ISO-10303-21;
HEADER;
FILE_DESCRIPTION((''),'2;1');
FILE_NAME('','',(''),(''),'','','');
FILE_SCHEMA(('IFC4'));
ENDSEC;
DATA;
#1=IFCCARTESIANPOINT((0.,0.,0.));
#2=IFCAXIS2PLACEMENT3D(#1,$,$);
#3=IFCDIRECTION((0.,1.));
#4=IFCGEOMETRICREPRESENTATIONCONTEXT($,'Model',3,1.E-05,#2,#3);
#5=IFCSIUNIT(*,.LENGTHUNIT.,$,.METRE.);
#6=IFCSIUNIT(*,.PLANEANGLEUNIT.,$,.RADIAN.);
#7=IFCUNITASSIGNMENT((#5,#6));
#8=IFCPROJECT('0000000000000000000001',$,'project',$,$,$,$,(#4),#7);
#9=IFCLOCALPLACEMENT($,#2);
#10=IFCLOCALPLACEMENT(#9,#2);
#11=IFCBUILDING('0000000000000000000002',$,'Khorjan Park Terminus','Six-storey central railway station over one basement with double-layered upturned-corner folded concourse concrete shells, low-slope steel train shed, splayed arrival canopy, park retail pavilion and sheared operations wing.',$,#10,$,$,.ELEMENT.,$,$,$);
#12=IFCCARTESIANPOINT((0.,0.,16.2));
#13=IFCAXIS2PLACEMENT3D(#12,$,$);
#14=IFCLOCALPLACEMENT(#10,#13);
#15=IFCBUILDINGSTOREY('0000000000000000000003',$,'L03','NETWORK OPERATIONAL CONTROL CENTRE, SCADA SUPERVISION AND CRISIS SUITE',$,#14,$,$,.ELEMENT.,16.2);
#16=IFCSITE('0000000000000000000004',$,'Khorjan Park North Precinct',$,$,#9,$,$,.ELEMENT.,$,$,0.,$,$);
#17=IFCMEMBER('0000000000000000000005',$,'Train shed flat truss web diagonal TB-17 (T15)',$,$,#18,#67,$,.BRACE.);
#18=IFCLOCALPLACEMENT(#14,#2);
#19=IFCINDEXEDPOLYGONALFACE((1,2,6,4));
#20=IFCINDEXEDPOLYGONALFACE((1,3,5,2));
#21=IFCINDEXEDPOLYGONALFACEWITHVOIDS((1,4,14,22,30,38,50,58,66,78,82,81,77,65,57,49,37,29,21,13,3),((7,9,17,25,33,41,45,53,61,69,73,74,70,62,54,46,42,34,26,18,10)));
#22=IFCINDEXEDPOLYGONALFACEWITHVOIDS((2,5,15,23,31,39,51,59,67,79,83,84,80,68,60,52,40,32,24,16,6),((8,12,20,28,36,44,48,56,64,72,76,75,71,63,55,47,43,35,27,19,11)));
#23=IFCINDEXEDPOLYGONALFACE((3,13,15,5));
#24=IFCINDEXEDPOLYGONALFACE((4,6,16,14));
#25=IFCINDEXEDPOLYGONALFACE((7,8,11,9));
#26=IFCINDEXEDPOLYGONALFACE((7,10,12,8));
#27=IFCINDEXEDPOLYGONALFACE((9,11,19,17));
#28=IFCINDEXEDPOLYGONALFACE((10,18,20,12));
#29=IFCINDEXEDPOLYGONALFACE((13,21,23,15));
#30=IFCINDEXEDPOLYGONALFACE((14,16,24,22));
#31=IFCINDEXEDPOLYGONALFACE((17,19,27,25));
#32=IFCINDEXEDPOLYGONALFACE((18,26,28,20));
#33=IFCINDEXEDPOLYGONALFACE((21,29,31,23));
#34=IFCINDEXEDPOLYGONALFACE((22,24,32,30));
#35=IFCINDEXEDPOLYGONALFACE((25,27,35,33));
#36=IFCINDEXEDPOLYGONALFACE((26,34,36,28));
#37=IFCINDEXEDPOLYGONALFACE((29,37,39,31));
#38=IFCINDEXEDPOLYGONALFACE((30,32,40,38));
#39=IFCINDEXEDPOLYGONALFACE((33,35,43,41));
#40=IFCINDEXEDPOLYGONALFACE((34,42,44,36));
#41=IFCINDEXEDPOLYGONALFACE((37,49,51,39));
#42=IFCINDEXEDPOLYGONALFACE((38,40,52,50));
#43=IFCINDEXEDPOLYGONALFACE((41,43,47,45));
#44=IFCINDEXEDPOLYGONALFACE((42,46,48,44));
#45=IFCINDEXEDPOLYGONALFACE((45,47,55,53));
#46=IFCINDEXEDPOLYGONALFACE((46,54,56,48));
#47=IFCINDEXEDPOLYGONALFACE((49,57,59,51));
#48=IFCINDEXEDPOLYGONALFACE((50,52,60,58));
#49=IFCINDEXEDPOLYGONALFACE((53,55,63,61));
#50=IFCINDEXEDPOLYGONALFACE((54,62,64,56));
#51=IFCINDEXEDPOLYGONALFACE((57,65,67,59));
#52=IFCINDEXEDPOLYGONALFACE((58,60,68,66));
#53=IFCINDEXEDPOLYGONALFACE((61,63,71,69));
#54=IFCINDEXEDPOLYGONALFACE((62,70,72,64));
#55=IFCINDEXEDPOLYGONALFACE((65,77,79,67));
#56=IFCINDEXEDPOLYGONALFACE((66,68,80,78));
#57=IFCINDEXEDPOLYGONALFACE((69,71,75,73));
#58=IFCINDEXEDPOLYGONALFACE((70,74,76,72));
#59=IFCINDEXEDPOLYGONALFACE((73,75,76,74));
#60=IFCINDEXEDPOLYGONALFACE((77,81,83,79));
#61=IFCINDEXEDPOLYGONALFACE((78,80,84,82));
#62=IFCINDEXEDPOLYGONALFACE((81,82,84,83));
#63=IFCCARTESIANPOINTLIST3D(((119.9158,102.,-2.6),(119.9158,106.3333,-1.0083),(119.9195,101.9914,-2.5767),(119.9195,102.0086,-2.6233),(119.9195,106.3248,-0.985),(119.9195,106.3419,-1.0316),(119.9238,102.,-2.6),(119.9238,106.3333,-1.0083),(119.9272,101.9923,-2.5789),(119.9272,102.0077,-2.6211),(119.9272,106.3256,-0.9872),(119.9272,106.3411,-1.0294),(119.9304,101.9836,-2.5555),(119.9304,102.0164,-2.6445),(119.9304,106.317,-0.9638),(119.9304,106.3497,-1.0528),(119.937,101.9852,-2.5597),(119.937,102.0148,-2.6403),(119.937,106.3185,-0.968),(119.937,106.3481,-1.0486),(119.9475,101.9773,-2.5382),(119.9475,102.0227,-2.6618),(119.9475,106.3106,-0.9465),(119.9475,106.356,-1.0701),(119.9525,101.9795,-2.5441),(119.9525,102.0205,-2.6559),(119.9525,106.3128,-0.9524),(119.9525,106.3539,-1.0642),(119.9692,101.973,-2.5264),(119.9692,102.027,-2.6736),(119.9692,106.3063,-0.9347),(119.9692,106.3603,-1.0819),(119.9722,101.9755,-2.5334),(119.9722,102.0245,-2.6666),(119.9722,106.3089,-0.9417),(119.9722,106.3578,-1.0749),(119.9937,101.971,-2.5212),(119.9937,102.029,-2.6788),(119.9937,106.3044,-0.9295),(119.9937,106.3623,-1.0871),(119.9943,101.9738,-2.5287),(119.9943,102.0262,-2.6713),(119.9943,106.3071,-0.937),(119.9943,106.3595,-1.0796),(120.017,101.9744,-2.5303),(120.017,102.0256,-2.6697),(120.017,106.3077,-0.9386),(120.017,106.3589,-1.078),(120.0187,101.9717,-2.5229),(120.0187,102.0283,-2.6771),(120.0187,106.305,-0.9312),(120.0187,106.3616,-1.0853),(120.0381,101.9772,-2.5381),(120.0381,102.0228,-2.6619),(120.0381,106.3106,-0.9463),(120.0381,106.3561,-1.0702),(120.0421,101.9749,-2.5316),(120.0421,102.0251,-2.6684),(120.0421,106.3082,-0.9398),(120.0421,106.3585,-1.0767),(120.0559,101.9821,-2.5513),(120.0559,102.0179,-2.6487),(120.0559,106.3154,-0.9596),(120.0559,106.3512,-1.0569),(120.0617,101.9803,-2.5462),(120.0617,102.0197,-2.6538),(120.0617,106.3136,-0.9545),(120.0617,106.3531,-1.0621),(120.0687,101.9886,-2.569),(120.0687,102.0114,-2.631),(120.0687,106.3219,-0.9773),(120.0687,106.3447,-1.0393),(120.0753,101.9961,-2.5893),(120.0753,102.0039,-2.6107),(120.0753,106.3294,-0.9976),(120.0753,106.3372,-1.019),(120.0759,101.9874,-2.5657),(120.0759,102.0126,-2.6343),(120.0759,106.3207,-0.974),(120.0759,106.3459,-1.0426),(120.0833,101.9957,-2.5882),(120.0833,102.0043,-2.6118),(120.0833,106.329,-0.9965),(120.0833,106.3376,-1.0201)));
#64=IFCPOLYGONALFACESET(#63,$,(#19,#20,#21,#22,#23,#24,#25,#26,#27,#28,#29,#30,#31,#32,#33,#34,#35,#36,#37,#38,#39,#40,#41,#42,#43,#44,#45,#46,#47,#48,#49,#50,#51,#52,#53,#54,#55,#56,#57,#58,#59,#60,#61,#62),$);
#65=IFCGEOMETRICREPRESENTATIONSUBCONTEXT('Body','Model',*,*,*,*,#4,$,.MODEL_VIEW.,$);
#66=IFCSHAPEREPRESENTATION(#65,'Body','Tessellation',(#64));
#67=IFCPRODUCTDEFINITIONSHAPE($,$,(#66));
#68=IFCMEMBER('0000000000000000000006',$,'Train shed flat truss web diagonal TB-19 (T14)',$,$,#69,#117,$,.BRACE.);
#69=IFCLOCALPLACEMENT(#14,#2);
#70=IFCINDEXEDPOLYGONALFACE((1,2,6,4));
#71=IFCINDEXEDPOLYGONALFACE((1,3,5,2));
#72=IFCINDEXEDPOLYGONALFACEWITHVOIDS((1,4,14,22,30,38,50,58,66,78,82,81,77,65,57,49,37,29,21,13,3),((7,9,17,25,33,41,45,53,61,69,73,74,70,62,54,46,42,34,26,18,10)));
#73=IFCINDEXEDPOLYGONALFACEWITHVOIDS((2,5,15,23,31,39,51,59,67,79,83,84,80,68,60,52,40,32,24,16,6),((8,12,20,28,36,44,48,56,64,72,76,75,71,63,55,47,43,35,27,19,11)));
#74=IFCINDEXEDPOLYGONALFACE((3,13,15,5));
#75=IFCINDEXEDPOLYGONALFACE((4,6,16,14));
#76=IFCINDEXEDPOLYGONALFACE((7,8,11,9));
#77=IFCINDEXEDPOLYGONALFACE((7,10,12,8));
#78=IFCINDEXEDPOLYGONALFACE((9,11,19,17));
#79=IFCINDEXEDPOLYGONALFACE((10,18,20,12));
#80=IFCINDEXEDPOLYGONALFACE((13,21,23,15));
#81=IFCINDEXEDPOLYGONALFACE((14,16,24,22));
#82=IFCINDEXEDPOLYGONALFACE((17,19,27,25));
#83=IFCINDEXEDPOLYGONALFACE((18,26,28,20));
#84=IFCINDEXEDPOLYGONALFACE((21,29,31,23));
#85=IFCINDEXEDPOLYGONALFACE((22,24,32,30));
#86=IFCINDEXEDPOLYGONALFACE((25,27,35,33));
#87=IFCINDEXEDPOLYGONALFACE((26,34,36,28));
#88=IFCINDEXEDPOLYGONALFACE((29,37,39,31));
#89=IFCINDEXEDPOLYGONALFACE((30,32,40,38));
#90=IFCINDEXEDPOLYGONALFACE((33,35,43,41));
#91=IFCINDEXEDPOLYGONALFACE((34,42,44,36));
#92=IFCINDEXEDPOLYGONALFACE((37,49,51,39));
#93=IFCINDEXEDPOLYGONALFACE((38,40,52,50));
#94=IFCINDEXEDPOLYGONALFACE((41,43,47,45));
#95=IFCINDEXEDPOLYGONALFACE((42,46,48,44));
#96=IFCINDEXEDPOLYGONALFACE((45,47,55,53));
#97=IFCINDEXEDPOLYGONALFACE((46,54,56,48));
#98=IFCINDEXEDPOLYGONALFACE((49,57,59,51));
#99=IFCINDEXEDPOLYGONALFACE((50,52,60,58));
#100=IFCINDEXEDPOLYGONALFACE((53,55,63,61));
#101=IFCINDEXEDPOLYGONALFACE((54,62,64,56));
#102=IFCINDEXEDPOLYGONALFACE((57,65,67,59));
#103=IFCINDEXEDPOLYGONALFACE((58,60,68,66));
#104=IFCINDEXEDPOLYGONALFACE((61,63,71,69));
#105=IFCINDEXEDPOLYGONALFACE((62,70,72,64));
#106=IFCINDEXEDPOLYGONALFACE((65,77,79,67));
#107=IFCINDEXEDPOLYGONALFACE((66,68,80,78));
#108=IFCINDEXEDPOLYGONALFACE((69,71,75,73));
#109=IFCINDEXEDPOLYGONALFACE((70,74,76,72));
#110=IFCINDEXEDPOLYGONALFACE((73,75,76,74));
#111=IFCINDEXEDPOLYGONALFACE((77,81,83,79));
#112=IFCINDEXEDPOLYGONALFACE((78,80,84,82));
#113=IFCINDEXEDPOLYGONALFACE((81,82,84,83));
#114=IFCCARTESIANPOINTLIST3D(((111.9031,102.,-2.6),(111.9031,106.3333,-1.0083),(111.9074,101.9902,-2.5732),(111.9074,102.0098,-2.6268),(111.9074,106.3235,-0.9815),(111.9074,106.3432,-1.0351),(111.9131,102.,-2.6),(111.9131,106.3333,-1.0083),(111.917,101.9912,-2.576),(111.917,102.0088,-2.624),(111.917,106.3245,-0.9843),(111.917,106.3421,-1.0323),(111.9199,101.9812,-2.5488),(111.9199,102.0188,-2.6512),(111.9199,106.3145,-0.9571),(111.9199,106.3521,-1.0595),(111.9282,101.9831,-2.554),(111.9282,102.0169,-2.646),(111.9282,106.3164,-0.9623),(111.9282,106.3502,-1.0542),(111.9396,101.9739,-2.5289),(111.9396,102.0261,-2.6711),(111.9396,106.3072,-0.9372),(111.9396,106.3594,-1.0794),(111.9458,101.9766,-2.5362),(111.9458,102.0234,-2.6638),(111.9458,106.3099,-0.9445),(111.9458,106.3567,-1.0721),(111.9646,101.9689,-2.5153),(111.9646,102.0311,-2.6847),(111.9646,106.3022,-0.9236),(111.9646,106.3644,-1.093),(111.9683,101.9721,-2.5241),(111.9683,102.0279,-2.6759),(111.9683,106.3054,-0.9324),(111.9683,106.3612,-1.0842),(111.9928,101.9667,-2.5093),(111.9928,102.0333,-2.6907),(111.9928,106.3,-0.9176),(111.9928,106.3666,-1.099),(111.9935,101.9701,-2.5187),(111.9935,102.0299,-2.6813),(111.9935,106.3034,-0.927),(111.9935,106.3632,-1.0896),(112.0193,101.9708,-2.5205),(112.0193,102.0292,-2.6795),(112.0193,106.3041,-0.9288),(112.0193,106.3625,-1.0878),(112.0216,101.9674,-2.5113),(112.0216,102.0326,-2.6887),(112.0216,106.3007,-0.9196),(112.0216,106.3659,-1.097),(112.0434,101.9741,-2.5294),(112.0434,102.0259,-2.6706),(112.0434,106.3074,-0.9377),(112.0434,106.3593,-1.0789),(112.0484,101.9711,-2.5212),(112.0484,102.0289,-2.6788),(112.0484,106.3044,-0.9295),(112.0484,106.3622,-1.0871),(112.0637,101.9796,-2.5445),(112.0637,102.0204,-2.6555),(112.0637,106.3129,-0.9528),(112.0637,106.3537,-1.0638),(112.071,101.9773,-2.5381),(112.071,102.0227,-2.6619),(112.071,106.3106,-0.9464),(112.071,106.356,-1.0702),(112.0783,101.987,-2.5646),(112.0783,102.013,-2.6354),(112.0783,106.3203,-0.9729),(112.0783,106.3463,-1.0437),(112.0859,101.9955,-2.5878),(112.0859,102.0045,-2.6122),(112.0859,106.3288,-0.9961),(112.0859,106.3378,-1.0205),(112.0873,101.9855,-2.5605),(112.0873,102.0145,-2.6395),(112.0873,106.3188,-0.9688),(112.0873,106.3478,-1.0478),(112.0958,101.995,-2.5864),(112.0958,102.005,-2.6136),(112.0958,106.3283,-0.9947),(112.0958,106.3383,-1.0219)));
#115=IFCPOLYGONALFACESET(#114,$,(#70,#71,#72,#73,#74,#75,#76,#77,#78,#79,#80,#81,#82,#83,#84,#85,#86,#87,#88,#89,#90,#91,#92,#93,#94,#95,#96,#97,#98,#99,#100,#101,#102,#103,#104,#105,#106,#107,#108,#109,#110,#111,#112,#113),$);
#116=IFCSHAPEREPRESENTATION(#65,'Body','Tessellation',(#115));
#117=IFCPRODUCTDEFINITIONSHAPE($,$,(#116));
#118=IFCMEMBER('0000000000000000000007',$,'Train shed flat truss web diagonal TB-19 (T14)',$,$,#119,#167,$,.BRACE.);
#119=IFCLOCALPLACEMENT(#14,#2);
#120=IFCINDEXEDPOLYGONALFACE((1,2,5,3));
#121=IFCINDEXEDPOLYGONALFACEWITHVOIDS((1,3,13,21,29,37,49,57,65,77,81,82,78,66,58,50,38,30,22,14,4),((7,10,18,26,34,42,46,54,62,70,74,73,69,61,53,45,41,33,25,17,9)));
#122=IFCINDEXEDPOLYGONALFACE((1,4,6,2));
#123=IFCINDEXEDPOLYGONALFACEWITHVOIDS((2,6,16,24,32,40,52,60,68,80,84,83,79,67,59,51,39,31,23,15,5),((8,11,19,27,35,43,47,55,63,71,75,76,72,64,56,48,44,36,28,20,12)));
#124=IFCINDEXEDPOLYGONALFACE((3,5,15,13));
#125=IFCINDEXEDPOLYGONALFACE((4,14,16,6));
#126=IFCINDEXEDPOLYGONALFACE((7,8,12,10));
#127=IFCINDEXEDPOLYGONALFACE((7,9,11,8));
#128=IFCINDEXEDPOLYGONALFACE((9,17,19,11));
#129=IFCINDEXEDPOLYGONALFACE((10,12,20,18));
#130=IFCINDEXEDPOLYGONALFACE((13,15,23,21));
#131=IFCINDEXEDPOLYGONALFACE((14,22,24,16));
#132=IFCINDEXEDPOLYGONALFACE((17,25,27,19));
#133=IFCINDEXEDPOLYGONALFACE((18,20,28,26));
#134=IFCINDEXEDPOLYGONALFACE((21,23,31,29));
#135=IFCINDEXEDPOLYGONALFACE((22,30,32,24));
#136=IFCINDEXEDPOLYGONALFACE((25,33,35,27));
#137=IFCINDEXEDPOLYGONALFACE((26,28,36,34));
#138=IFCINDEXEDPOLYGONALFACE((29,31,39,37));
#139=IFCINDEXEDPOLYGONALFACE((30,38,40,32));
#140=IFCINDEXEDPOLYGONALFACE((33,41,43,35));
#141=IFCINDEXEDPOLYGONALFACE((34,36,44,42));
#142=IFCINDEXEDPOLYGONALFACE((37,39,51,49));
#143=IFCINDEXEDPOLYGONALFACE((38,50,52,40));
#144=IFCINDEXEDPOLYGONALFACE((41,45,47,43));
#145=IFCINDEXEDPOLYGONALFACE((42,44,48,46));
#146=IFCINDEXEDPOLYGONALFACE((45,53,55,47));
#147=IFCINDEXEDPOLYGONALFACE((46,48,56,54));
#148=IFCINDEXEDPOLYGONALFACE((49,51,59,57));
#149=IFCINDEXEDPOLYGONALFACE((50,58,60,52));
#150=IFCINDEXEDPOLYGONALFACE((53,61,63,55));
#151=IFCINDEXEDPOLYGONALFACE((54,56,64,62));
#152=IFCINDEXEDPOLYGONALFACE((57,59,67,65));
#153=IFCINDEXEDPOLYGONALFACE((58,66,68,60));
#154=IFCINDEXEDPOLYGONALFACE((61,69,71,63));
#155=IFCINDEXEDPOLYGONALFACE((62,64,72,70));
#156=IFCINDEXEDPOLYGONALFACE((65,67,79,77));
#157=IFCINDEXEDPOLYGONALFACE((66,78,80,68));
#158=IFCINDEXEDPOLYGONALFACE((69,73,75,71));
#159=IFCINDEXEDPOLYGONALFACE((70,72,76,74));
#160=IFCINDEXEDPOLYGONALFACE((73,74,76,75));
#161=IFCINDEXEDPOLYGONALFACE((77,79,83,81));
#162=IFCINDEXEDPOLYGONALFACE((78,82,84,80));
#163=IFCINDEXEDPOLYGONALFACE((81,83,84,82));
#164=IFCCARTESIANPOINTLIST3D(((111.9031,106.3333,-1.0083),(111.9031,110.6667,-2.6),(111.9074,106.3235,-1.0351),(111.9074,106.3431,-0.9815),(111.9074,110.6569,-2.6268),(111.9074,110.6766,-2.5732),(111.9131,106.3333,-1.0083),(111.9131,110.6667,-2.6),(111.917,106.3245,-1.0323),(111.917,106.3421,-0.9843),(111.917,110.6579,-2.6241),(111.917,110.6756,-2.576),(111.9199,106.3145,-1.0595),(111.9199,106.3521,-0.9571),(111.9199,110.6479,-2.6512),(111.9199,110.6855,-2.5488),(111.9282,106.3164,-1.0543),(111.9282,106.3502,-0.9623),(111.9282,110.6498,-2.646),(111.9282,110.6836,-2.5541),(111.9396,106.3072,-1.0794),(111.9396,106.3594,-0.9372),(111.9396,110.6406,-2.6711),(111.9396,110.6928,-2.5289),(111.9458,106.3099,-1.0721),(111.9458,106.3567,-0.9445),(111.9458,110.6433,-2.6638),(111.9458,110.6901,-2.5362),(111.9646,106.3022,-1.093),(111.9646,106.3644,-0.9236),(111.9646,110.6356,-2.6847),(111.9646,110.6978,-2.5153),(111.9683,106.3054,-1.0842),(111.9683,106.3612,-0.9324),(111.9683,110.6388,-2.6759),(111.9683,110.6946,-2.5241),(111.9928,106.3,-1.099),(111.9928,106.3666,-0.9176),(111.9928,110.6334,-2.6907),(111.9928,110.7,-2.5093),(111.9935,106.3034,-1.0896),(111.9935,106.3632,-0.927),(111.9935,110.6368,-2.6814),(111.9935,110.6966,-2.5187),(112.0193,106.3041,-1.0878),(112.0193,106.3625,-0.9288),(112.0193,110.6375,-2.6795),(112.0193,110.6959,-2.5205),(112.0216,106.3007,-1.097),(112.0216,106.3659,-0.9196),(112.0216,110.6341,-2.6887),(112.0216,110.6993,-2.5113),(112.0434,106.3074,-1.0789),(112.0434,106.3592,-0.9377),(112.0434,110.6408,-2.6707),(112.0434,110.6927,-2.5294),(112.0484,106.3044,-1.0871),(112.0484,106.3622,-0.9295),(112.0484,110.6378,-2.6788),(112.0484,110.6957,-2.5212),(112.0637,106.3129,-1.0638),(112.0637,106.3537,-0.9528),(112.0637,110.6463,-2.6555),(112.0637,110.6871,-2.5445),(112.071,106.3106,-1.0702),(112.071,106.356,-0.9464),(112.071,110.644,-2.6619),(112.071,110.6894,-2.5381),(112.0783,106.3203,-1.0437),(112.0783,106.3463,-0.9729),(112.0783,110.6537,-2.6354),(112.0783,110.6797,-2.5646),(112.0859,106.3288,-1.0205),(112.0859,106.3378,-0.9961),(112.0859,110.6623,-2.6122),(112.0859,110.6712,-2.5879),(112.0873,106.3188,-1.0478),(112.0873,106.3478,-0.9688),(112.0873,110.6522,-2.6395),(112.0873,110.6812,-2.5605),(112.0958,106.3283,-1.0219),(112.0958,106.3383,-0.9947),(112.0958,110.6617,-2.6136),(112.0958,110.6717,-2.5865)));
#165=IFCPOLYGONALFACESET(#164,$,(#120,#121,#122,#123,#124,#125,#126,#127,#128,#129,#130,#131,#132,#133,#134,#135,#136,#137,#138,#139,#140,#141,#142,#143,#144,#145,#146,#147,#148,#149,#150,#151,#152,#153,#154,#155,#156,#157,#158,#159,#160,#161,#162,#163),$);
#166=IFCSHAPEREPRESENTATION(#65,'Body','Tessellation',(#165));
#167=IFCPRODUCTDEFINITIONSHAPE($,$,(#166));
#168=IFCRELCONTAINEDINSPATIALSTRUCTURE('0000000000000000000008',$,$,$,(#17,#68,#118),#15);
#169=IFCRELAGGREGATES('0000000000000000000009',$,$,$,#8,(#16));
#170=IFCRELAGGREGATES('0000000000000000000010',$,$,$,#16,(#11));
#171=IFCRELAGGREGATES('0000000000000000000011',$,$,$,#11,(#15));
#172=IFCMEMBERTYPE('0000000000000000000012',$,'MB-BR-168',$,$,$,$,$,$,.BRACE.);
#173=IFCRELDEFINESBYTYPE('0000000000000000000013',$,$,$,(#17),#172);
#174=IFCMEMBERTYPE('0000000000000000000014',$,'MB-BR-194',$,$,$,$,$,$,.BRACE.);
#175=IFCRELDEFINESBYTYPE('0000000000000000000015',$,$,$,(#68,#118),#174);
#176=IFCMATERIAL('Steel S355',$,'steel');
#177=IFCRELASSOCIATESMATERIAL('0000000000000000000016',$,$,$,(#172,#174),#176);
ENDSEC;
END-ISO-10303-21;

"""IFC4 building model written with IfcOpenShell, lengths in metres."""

from ifc_helpers import new_model, si_unit, direction, frame, origin, origin_2d, place, context, subcontext, project, spatial, hollow_circle, extrude, material, material_profile, profile_set, type_object, element, save


model = new_model("IFC4")

# Units and contexts
model_context = context("Model", 3, precision=1e-05, world=origin(), true_north=direction((0.0, 1.0)))
body_context = subcontext(model_context, "Body", "Model", "MODEL_VIEW")
ifc_project = project(units=[si_unit("LENGTHUNIT", "METRE"), si_unit("PLANEANGLEUNIT", "RADIAN")], contexts=[model_context])

# Site, building, storey
site_placement = place(None, origin())
site = spatial("IfcSite", under=ifc_project, at=site_placement, Name="Khorjan Park North Precinct", CompositionType="ELEMENT", RefElevation=0.0)
building_placement = place(site_placement, origin())
building = spatial("IfcBuilding", under=site, at=building_placement, Name="Khorjan Park Terminus", Description="Six-storey central railway station over one basement with double-layered upturned-corner folded concourse concrete shells, low-slope steel train shed, splayed arrival canopy, park retail pavilion and sheared operations wing.", CompositionType="ELEMENT")
storey_placement = place(building_placement, frame((0.0, 0.0, 16.2)))
storey = spatial("IfcBuildingStorey", under=building, at=storey_placement, Name="L03", Description="NETWORK OPERATIONAL CONTROL CENTRE, SCADA SUPERVISION AND CRISIS SUITE", CompositionType="ELEMENT", Elevation=16.2)

# Members
ifc_material_1 = material(Name="Steel S355", Category="steel")
ifc_material_profile_1 = material_profile(ifc_material_1, hollow_circle(Radius=0.0842, WallThickness=0.008, at=origin_2d()), Name="CHS 168.3x8")
ifc_profile_set_1 = profile_set([ifc_material_profile_1], Name="Steel S355")
member_type_1 = type_object("IfcMemberType", Name="MB-BR-168", PredefinedType="BRACE", material=ifc_profile_set_1)
member_1_placement = place(storey_placement, frame((120.0, 102.0, -2.6), z_axis=(0.0, 0.938678, 0.344794), x_axis=(-1.0, 0.0, 0.0)))
element("IfcMember", 1, at=member_1_placement, inside=storey, type_object=member_type_1, Name="Train shed flat truss web diagonal TB-17 (T15)", PredefinedType="BRACE", context=body_context, shape_type="SweptSolid", body=[
    extrude(hollow_circle(Radius=0.0842, WallThickness=0.008, at=origin_2d()), origin(), (0.0, 0.0, 1.0), 4.6164),
])
ifc_material_profile_2 = material_profile(ifc_material_1, hollow_circle(Radius=0.0969, WallThickness=0.01, at=origin_2d()), Name="CHS 193.7x10")
ifc_profile_set_2 = profile_set([ifc_material_profile_2], Name="Steel S355")
member_type_2 = type_object("IfcMemberType", Name="MB-BR-194", PredefinedType="BRACE", material=ifc_profile_set_2)
member_2_placement = place(storey_placement, frame((112.0, 102.0, -2.6), z_axis=(0.0, 0.938678, 0.344794), x_axis=(-1.0, 0.0, 0.0)))
element("IfcMember", 2, at=member_2_placement, inside=storey, type_object=member_type_2, Name="Train shed flat truss web diagonal TB-19 (T14)", PredefinedType="BRACE", context=body_context, shape_type="SweptSolid", body=[
    extrude(hollow_circle(Radius=0.0969, WallThickness=0.01, at=origin_2d()), origin(), (0.0, 0.0, 1.0), 4.6164),
])
member_3_placement = place(storey_placement, frame((112.0, 106.3333, -1.0083), z_axis=(0.0, 0.938681, -0.344787), x_axis=(-1.0, 0.0, 0.0)))
element("IfcMember", 3, at=member_3_placement, inside=storey, type_object=member_type_2, Name="Train shed flat truss web diagonal TB-19 (T14)", PredefinedType="BRACE", context=body_context, shape_type="SweptSolid", body=[
    extrude(hollow_circle(Radius=0.0969, WallThickness=0.01, at=origin_2d()), origin(), (0.0, 0.0, 1.0), 4.6165),
])

save(model, "model.ifc")
